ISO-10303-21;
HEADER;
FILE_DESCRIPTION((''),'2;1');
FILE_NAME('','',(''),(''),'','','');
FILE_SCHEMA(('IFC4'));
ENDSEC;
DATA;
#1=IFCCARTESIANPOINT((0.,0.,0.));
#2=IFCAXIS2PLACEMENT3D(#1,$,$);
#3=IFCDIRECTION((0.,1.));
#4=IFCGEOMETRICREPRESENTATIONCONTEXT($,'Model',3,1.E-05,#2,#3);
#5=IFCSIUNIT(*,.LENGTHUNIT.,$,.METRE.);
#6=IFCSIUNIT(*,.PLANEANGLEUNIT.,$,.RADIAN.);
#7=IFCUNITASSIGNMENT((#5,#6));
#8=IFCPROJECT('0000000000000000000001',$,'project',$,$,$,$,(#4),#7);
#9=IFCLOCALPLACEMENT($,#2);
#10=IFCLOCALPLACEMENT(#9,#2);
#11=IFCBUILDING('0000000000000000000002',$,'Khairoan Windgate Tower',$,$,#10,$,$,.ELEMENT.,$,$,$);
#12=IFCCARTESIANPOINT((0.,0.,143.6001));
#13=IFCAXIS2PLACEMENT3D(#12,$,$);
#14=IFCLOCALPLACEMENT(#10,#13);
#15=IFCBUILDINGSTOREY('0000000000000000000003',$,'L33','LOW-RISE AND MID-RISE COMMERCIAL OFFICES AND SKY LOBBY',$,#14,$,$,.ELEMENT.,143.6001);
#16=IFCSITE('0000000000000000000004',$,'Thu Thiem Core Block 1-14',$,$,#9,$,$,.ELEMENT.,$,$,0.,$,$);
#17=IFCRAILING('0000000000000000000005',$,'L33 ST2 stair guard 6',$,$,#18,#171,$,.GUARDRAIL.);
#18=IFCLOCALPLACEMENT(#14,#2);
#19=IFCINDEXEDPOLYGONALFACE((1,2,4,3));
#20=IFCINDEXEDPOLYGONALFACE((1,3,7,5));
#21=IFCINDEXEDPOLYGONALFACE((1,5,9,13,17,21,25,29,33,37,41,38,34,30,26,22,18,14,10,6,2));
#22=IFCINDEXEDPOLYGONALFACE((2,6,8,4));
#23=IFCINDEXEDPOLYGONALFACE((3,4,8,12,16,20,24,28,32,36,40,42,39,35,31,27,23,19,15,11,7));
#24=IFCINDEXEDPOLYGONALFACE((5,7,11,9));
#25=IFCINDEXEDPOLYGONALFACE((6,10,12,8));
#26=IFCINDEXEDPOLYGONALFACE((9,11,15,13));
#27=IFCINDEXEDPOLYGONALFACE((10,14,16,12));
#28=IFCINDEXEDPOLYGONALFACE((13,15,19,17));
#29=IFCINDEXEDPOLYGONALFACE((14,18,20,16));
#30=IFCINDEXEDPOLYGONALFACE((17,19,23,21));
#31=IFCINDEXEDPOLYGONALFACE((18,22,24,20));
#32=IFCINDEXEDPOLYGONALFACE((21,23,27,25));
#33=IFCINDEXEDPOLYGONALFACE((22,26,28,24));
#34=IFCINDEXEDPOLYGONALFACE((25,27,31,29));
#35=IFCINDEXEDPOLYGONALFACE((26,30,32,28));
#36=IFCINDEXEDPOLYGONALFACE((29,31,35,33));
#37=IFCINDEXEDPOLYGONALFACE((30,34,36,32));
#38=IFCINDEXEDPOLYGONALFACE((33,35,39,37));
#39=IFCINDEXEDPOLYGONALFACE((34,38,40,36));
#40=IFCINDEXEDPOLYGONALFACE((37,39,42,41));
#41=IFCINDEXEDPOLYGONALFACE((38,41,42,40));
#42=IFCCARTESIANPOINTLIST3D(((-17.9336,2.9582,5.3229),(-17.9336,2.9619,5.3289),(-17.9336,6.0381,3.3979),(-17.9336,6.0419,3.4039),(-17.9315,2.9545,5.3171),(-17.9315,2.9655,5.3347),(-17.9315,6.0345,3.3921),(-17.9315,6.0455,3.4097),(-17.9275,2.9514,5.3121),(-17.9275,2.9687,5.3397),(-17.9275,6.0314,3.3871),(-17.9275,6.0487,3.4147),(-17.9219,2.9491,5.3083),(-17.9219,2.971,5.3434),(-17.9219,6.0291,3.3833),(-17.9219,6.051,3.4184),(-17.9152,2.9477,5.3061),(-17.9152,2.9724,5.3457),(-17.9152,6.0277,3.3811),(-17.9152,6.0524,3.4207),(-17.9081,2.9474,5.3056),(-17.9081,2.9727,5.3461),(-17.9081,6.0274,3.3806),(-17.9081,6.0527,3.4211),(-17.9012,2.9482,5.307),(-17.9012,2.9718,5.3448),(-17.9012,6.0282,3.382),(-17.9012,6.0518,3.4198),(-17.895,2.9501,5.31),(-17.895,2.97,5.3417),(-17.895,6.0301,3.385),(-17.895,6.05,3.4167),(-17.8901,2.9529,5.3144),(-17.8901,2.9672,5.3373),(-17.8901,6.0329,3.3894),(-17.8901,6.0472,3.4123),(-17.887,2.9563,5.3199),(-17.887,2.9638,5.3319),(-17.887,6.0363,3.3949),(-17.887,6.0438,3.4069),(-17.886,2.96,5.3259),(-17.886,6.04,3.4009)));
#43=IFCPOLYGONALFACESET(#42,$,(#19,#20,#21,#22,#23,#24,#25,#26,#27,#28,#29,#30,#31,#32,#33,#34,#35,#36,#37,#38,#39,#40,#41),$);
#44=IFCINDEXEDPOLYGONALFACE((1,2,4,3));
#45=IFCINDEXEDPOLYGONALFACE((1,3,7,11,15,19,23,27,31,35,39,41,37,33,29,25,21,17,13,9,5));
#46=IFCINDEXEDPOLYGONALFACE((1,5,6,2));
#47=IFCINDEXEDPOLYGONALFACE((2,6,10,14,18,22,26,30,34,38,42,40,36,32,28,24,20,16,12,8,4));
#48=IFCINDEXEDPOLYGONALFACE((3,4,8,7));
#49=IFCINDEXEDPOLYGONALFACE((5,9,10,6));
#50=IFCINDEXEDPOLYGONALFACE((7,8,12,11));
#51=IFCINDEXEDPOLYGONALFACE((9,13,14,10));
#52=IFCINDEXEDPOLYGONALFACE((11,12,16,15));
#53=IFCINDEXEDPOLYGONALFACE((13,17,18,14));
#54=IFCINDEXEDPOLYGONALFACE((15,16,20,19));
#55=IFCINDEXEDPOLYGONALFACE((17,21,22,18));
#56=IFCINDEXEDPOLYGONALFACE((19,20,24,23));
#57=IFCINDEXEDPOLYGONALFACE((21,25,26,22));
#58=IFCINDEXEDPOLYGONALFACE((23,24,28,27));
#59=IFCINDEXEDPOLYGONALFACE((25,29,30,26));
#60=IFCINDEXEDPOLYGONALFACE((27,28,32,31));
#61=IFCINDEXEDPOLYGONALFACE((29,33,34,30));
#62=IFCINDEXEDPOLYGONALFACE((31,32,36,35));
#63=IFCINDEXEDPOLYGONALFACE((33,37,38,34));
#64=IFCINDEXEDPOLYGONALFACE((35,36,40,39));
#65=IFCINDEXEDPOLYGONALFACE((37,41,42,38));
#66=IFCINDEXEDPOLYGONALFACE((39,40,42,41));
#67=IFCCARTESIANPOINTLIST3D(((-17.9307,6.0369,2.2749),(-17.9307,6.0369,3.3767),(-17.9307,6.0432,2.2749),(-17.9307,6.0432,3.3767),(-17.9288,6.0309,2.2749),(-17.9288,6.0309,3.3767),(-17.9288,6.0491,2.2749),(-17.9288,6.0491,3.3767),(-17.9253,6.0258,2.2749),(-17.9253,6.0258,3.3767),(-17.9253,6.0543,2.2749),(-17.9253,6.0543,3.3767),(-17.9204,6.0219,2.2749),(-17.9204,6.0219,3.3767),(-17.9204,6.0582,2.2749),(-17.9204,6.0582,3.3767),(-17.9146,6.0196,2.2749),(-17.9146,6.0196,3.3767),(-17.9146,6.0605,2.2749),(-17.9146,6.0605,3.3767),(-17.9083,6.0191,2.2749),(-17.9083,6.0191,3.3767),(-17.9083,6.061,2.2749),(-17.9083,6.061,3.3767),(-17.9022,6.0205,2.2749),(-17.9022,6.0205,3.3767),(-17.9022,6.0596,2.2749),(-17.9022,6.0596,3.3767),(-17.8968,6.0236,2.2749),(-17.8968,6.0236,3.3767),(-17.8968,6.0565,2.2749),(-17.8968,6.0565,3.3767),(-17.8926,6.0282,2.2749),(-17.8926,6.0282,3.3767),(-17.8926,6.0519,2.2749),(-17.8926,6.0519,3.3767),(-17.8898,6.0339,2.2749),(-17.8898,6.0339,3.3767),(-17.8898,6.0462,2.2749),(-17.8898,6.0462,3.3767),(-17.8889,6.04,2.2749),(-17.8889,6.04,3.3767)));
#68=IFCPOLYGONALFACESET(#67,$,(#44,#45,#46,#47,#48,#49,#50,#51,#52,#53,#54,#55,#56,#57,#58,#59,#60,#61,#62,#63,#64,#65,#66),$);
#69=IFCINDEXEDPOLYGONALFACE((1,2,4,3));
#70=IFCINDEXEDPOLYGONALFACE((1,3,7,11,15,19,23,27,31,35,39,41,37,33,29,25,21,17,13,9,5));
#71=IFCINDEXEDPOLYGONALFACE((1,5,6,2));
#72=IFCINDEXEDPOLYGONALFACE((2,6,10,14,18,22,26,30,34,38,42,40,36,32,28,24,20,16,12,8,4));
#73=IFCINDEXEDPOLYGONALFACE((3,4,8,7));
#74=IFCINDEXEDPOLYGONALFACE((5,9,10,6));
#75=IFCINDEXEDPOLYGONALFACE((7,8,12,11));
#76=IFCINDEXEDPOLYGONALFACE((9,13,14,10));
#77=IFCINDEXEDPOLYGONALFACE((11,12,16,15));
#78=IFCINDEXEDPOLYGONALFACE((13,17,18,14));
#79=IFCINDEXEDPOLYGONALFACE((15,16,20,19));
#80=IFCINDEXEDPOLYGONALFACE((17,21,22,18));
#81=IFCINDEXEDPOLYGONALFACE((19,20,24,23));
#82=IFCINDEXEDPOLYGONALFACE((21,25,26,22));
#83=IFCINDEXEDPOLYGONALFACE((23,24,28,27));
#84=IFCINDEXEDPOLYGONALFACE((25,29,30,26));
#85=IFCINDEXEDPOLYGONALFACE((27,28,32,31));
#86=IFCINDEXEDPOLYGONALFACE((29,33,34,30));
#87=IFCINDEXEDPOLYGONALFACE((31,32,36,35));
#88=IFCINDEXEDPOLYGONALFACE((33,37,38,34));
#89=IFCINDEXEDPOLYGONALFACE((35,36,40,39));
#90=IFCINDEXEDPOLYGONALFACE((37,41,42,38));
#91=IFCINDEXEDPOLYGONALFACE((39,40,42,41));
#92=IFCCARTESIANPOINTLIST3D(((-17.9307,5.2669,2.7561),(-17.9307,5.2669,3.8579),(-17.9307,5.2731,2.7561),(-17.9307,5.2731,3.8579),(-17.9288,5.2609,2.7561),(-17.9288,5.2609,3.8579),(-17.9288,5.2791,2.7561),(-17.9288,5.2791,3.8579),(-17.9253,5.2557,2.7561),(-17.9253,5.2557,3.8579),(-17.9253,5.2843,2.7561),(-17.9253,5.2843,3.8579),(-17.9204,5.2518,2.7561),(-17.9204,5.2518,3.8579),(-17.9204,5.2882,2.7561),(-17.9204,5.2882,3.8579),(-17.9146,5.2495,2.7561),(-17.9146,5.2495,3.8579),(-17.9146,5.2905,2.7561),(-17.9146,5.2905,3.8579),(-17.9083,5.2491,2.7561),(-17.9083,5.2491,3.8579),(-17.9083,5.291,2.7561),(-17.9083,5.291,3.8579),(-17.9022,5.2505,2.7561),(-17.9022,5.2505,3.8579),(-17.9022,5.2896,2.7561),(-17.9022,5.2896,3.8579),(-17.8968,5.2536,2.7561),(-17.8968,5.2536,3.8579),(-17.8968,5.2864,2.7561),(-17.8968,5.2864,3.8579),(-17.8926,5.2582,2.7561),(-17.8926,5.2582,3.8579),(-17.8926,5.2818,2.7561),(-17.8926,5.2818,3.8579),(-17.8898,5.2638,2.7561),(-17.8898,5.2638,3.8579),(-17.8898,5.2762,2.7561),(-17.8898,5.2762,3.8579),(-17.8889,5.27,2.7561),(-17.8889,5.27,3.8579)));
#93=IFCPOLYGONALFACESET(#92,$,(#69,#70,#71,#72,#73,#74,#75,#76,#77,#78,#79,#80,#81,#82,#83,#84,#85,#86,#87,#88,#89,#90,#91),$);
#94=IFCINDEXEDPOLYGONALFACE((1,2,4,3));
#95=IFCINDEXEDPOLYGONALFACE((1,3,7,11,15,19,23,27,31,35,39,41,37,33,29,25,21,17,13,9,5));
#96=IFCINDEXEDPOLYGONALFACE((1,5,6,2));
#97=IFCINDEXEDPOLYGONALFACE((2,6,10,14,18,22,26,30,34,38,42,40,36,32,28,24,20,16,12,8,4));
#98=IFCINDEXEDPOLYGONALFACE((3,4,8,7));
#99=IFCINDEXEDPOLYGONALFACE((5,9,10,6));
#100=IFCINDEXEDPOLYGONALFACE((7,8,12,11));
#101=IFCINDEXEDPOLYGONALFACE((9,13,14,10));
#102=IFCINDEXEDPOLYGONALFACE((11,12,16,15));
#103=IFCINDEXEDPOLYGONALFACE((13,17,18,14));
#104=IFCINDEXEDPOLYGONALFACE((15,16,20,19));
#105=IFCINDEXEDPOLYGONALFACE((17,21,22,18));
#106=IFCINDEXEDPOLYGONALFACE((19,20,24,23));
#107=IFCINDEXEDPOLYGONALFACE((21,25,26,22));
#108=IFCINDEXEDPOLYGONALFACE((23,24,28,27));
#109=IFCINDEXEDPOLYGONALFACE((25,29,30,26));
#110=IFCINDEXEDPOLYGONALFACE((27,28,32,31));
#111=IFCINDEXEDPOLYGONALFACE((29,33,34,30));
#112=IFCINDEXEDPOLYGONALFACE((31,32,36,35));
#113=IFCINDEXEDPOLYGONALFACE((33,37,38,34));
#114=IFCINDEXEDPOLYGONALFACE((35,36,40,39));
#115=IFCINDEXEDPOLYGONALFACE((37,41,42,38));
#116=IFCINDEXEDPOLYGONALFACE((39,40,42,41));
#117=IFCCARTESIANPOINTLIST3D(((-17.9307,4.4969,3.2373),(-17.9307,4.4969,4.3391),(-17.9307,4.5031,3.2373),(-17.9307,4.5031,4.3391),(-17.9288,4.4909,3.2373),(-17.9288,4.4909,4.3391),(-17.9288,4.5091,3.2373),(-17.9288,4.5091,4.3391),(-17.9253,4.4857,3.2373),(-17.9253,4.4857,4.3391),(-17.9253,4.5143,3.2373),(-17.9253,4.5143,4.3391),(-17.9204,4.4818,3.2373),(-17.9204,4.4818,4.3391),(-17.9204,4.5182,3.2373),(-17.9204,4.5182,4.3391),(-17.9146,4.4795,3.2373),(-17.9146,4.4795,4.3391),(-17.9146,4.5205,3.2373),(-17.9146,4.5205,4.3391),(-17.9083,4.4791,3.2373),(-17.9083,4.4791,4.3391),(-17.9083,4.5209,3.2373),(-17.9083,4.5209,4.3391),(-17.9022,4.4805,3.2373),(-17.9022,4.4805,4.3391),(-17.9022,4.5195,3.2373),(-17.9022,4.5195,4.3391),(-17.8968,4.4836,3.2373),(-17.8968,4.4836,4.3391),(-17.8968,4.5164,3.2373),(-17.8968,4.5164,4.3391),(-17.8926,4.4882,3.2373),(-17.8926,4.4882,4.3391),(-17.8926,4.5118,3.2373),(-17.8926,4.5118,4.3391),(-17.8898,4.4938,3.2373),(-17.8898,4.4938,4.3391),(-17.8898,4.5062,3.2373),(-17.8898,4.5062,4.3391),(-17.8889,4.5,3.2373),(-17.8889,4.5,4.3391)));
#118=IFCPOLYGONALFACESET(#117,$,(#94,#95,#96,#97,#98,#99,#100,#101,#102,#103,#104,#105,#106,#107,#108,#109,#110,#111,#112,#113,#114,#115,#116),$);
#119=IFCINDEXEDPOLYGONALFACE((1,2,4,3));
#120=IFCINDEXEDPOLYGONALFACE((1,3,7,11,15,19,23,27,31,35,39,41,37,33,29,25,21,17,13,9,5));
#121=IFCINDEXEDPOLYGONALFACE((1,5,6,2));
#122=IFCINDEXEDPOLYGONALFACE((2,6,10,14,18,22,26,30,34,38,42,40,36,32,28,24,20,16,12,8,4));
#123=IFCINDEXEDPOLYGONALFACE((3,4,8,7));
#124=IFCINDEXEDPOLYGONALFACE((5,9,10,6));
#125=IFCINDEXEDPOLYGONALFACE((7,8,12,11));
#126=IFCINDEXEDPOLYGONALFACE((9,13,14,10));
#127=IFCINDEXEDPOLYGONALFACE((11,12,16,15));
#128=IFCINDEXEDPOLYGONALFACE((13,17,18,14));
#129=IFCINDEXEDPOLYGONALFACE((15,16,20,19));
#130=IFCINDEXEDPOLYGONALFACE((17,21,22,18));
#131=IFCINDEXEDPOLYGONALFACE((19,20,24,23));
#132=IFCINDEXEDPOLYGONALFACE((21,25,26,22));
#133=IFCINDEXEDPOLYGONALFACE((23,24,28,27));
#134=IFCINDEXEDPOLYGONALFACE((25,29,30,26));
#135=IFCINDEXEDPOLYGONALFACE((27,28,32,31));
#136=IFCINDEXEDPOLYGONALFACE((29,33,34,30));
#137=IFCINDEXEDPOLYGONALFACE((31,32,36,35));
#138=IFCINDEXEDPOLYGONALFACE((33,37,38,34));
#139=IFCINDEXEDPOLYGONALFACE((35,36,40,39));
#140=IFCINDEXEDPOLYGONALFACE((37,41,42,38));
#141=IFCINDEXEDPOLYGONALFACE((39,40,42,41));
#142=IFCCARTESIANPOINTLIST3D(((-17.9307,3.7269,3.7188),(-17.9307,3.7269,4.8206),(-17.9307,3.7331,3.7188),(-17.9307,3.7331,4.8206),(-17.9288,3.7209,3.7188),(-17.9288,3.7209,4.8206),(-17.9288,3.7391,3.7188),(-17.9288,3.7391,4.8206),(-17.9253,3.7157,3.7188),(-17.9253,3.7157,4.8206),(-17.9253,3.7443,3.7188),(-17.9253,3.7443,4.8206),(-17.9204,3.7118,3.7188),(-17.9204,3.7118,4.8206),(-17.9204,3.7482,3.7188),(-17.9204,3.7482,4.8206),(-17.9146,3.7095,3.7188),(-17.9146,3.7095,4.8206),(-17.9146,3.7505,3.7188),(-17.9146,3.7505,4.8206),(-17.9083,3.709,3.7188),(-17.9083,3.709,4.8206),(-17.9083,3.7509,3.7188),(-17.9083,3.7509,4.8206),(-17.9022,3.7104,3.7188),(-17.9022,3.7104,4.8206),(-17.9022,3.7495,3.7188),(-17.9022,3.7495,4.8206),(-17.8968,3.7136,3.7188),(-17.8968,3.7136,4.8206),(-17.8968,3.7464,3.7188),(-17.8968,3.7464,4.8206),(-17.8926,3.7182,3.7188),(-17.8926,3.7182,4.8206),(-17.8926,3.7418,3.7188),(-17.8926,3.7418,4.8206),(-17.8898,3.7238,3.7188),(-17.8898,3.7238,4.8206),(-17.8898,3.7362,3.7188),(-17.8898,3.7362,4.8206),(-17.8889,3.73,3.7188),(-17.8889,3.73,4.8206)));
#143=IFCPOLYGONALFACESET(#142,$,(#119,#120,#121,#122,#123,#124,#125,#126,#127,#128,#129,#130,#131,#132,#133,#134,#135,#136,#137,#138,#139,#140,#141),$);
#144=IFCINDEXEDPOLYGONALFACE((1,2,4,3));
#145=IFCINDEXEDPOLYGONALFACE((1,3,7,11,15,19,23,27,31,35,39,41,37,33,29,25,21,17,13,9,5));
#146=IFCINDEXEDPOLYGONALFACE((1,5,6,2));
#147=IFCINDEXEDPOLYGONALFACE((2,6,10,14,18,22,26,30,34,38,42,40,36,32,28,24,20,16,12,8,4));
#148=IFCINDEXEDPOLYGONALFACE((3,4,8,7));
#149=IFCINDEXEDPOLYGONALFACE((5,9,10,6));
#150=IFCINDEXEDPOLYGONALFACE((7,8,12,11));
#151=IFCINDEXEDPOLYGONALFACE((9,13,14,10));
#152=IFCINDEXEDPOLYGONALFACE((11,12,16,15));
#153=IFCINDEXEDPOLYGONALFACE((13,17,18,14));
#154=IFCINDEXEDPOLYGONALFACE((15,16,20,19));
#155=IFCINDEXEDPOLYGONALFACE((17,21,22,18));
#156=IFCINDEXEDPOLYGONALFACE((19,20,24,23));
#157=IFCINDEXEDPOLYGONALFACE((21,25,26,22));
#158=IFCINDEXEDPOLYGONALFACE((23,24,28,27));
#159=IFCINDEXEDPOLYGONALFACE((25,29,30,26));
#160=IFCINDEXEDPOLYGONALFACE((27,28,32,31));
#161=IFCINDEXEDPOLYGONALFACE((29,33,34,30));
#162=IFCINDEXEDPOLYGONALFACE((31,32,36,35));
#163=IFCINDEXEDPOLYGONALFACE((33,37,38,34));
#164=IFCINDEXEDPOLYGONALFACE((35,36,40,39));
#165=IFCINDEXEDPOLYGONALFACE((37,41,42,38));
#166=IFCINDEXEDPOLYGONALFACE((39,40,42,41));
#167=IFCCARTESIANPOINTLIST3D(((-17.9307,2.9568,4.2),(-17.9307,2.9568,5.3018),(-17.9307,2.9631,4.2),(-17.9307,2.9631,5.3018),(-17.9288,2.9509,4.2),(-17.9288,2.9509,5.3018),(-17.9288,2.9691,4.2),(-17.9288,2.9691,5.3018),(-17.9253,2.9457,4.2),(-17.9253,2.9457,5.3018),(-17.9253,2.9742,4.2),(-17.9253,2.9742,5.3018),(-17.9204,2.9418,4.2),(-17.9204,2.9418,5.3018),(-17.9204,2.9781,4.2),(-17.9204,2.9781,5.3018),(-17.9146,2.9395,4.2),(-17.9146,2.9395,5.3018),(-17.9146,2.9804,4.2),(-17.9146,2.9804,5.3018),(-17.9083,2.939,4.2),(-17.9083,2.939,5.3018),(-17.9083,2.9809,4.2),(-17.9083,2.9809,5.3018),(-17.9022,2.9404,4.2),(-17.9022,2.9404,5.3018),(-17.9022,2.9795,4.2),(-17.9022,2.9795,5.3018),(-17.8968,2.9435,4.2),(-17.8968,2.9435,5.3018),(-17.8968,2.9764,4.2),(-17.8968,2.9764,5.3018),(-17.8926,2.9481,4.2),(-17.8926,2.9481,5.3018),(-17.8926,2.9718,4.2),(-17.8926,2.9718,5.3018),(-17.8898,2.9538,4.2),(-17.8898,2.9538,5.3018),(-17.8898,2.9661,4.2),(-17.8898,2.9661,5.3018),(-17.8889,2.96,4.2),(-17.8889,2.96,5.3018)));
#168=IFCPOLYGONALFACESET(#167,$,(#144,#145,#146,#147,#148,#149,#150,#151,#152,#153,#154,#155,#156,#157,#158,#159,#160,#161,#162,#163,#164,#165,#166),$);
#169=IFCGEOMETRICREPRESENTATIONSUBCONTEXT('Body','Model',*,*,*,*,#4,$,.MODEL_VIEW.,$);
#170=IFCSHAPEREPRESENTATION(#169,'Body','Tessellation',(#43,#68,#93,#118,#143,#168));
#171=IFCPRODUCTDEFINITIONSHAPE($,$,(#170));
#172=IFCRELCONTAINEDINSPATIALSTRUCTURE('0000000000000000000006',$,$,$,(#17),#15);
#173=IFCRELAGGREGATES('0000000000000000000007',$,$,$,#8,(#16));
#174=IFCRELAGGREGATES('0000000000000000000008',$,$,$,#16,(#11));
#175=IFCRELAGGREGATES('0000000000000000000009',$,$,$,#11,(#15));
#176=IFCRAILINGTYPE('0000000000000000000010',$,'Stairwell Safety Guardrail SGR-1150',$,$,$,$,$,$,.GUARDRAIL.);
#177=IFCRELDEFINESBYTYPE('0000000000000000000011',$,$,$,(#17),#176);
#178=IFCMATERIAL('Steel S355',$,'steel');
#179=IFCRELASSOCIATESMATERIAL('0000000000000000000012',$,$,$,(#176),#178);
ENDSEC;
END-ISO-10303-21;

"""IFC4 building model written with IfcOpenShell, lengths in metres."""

from ifc_helpers import new_model, si_unit, direction, frame, origin, origin_2d, place, context, subcontext, project, spatial, circle, extrude, material, type_object, element, save


model = new_model("IFC4")

# Units and contexts
model_context = context("Model", 3, precision=1e-05, world=origin(), true_north=direction((0.0, 1.0)))
body_context = subcontext(model_context, "Body", "Model", "MODEL_VIEW")
ifc_project = project(units=[si_unit("LENGTHUNIT", "METRE"), si_unit("PLANEANGLEUNIT", "RADIAN")], contexts=[model_context])

# Site, building, storey
site_placement = place(None, origin())
site = spatial("IfcSite", under=ifc_project, at=site_placement, Name="Thu Thiem Core Block 1-14", CompositionType="ELEMENT", RefElevation=0.0)
building_placement = place(site_placement, origin())
building = spatial("IfcBuilding", under=site, at=building_placement, Name="Khairoan Windgate Tower", CompositionType="ELEMENT")
storey_placement = place(building_placement, frame((0.0, 0.0, 143.6001)))
storey = spatial("IfcBuildingStorey", under=building, at=storey_placement, Name="L33", Description="LOW-RISE AND MID-RISE COMMERCIAL OFFICES AND SKY LOBBY", CompositionType="ELEMENT", Elevation=143.6001)

# Railing
ifc_material_1 = material(Name="Steel S355", Category="steel")
railing_type_1 = type_object("IfcRailingType", Name="Stairwell Safety Guardrail SGR-1150", PredefinedType="GUARDRAIL", material=ifc_material_1)
railing_1_placement = place(storey_placement, frame((-17.9099, 6.04, 2.2749)))
element("IfcRailing", 1, at=railing_1_placement, inside=storey, type_object=railing_type_1, Name="L33 ST2 stair guard 6", PredefinedType="GUARDRAIL", context=body_context, shape_type="SweptSolid", body=[
    extrude(circle(Radius=0.0239, at=origin_2d()), frame((0.0, 0.0, 1.126), z_axis=(0.0, -0.847998, 0.529999), x_axis=(1.0, 0.0, 0.0)), (0.0, 0.0, 1.0), 3.6321),
    extrude(circle(Radius=0.021, at=origin_2d()), origin(), (0.0, 0.0, 1.0), 1.1018),
    extrude(circle(Radius=0.021, at=origin_2d()), frame((0.0, -0.77, 0.4812)), (0.0, 0.0, 1.0), 1.1018),
    extrude(circle(Radius=0.021, at=origin_2d()), frame((0.0, -1.54, 0.9624)), (0.0, 0.0, 1.0), 1.1018),
    extrude(circle(Radius=0.021, at=origin_2d()), frame((0.0, -2.3101, 1.4438)), (0.0, 0.0, 1.0), 1.1018),
    extrude(circle(Radius=0.021, at=origin_2d()), frame((0.0, -3.0801, 1.925)), (0.0, 0.0, 1.0), 1.1018),
])

save(model, "model.ifc")
